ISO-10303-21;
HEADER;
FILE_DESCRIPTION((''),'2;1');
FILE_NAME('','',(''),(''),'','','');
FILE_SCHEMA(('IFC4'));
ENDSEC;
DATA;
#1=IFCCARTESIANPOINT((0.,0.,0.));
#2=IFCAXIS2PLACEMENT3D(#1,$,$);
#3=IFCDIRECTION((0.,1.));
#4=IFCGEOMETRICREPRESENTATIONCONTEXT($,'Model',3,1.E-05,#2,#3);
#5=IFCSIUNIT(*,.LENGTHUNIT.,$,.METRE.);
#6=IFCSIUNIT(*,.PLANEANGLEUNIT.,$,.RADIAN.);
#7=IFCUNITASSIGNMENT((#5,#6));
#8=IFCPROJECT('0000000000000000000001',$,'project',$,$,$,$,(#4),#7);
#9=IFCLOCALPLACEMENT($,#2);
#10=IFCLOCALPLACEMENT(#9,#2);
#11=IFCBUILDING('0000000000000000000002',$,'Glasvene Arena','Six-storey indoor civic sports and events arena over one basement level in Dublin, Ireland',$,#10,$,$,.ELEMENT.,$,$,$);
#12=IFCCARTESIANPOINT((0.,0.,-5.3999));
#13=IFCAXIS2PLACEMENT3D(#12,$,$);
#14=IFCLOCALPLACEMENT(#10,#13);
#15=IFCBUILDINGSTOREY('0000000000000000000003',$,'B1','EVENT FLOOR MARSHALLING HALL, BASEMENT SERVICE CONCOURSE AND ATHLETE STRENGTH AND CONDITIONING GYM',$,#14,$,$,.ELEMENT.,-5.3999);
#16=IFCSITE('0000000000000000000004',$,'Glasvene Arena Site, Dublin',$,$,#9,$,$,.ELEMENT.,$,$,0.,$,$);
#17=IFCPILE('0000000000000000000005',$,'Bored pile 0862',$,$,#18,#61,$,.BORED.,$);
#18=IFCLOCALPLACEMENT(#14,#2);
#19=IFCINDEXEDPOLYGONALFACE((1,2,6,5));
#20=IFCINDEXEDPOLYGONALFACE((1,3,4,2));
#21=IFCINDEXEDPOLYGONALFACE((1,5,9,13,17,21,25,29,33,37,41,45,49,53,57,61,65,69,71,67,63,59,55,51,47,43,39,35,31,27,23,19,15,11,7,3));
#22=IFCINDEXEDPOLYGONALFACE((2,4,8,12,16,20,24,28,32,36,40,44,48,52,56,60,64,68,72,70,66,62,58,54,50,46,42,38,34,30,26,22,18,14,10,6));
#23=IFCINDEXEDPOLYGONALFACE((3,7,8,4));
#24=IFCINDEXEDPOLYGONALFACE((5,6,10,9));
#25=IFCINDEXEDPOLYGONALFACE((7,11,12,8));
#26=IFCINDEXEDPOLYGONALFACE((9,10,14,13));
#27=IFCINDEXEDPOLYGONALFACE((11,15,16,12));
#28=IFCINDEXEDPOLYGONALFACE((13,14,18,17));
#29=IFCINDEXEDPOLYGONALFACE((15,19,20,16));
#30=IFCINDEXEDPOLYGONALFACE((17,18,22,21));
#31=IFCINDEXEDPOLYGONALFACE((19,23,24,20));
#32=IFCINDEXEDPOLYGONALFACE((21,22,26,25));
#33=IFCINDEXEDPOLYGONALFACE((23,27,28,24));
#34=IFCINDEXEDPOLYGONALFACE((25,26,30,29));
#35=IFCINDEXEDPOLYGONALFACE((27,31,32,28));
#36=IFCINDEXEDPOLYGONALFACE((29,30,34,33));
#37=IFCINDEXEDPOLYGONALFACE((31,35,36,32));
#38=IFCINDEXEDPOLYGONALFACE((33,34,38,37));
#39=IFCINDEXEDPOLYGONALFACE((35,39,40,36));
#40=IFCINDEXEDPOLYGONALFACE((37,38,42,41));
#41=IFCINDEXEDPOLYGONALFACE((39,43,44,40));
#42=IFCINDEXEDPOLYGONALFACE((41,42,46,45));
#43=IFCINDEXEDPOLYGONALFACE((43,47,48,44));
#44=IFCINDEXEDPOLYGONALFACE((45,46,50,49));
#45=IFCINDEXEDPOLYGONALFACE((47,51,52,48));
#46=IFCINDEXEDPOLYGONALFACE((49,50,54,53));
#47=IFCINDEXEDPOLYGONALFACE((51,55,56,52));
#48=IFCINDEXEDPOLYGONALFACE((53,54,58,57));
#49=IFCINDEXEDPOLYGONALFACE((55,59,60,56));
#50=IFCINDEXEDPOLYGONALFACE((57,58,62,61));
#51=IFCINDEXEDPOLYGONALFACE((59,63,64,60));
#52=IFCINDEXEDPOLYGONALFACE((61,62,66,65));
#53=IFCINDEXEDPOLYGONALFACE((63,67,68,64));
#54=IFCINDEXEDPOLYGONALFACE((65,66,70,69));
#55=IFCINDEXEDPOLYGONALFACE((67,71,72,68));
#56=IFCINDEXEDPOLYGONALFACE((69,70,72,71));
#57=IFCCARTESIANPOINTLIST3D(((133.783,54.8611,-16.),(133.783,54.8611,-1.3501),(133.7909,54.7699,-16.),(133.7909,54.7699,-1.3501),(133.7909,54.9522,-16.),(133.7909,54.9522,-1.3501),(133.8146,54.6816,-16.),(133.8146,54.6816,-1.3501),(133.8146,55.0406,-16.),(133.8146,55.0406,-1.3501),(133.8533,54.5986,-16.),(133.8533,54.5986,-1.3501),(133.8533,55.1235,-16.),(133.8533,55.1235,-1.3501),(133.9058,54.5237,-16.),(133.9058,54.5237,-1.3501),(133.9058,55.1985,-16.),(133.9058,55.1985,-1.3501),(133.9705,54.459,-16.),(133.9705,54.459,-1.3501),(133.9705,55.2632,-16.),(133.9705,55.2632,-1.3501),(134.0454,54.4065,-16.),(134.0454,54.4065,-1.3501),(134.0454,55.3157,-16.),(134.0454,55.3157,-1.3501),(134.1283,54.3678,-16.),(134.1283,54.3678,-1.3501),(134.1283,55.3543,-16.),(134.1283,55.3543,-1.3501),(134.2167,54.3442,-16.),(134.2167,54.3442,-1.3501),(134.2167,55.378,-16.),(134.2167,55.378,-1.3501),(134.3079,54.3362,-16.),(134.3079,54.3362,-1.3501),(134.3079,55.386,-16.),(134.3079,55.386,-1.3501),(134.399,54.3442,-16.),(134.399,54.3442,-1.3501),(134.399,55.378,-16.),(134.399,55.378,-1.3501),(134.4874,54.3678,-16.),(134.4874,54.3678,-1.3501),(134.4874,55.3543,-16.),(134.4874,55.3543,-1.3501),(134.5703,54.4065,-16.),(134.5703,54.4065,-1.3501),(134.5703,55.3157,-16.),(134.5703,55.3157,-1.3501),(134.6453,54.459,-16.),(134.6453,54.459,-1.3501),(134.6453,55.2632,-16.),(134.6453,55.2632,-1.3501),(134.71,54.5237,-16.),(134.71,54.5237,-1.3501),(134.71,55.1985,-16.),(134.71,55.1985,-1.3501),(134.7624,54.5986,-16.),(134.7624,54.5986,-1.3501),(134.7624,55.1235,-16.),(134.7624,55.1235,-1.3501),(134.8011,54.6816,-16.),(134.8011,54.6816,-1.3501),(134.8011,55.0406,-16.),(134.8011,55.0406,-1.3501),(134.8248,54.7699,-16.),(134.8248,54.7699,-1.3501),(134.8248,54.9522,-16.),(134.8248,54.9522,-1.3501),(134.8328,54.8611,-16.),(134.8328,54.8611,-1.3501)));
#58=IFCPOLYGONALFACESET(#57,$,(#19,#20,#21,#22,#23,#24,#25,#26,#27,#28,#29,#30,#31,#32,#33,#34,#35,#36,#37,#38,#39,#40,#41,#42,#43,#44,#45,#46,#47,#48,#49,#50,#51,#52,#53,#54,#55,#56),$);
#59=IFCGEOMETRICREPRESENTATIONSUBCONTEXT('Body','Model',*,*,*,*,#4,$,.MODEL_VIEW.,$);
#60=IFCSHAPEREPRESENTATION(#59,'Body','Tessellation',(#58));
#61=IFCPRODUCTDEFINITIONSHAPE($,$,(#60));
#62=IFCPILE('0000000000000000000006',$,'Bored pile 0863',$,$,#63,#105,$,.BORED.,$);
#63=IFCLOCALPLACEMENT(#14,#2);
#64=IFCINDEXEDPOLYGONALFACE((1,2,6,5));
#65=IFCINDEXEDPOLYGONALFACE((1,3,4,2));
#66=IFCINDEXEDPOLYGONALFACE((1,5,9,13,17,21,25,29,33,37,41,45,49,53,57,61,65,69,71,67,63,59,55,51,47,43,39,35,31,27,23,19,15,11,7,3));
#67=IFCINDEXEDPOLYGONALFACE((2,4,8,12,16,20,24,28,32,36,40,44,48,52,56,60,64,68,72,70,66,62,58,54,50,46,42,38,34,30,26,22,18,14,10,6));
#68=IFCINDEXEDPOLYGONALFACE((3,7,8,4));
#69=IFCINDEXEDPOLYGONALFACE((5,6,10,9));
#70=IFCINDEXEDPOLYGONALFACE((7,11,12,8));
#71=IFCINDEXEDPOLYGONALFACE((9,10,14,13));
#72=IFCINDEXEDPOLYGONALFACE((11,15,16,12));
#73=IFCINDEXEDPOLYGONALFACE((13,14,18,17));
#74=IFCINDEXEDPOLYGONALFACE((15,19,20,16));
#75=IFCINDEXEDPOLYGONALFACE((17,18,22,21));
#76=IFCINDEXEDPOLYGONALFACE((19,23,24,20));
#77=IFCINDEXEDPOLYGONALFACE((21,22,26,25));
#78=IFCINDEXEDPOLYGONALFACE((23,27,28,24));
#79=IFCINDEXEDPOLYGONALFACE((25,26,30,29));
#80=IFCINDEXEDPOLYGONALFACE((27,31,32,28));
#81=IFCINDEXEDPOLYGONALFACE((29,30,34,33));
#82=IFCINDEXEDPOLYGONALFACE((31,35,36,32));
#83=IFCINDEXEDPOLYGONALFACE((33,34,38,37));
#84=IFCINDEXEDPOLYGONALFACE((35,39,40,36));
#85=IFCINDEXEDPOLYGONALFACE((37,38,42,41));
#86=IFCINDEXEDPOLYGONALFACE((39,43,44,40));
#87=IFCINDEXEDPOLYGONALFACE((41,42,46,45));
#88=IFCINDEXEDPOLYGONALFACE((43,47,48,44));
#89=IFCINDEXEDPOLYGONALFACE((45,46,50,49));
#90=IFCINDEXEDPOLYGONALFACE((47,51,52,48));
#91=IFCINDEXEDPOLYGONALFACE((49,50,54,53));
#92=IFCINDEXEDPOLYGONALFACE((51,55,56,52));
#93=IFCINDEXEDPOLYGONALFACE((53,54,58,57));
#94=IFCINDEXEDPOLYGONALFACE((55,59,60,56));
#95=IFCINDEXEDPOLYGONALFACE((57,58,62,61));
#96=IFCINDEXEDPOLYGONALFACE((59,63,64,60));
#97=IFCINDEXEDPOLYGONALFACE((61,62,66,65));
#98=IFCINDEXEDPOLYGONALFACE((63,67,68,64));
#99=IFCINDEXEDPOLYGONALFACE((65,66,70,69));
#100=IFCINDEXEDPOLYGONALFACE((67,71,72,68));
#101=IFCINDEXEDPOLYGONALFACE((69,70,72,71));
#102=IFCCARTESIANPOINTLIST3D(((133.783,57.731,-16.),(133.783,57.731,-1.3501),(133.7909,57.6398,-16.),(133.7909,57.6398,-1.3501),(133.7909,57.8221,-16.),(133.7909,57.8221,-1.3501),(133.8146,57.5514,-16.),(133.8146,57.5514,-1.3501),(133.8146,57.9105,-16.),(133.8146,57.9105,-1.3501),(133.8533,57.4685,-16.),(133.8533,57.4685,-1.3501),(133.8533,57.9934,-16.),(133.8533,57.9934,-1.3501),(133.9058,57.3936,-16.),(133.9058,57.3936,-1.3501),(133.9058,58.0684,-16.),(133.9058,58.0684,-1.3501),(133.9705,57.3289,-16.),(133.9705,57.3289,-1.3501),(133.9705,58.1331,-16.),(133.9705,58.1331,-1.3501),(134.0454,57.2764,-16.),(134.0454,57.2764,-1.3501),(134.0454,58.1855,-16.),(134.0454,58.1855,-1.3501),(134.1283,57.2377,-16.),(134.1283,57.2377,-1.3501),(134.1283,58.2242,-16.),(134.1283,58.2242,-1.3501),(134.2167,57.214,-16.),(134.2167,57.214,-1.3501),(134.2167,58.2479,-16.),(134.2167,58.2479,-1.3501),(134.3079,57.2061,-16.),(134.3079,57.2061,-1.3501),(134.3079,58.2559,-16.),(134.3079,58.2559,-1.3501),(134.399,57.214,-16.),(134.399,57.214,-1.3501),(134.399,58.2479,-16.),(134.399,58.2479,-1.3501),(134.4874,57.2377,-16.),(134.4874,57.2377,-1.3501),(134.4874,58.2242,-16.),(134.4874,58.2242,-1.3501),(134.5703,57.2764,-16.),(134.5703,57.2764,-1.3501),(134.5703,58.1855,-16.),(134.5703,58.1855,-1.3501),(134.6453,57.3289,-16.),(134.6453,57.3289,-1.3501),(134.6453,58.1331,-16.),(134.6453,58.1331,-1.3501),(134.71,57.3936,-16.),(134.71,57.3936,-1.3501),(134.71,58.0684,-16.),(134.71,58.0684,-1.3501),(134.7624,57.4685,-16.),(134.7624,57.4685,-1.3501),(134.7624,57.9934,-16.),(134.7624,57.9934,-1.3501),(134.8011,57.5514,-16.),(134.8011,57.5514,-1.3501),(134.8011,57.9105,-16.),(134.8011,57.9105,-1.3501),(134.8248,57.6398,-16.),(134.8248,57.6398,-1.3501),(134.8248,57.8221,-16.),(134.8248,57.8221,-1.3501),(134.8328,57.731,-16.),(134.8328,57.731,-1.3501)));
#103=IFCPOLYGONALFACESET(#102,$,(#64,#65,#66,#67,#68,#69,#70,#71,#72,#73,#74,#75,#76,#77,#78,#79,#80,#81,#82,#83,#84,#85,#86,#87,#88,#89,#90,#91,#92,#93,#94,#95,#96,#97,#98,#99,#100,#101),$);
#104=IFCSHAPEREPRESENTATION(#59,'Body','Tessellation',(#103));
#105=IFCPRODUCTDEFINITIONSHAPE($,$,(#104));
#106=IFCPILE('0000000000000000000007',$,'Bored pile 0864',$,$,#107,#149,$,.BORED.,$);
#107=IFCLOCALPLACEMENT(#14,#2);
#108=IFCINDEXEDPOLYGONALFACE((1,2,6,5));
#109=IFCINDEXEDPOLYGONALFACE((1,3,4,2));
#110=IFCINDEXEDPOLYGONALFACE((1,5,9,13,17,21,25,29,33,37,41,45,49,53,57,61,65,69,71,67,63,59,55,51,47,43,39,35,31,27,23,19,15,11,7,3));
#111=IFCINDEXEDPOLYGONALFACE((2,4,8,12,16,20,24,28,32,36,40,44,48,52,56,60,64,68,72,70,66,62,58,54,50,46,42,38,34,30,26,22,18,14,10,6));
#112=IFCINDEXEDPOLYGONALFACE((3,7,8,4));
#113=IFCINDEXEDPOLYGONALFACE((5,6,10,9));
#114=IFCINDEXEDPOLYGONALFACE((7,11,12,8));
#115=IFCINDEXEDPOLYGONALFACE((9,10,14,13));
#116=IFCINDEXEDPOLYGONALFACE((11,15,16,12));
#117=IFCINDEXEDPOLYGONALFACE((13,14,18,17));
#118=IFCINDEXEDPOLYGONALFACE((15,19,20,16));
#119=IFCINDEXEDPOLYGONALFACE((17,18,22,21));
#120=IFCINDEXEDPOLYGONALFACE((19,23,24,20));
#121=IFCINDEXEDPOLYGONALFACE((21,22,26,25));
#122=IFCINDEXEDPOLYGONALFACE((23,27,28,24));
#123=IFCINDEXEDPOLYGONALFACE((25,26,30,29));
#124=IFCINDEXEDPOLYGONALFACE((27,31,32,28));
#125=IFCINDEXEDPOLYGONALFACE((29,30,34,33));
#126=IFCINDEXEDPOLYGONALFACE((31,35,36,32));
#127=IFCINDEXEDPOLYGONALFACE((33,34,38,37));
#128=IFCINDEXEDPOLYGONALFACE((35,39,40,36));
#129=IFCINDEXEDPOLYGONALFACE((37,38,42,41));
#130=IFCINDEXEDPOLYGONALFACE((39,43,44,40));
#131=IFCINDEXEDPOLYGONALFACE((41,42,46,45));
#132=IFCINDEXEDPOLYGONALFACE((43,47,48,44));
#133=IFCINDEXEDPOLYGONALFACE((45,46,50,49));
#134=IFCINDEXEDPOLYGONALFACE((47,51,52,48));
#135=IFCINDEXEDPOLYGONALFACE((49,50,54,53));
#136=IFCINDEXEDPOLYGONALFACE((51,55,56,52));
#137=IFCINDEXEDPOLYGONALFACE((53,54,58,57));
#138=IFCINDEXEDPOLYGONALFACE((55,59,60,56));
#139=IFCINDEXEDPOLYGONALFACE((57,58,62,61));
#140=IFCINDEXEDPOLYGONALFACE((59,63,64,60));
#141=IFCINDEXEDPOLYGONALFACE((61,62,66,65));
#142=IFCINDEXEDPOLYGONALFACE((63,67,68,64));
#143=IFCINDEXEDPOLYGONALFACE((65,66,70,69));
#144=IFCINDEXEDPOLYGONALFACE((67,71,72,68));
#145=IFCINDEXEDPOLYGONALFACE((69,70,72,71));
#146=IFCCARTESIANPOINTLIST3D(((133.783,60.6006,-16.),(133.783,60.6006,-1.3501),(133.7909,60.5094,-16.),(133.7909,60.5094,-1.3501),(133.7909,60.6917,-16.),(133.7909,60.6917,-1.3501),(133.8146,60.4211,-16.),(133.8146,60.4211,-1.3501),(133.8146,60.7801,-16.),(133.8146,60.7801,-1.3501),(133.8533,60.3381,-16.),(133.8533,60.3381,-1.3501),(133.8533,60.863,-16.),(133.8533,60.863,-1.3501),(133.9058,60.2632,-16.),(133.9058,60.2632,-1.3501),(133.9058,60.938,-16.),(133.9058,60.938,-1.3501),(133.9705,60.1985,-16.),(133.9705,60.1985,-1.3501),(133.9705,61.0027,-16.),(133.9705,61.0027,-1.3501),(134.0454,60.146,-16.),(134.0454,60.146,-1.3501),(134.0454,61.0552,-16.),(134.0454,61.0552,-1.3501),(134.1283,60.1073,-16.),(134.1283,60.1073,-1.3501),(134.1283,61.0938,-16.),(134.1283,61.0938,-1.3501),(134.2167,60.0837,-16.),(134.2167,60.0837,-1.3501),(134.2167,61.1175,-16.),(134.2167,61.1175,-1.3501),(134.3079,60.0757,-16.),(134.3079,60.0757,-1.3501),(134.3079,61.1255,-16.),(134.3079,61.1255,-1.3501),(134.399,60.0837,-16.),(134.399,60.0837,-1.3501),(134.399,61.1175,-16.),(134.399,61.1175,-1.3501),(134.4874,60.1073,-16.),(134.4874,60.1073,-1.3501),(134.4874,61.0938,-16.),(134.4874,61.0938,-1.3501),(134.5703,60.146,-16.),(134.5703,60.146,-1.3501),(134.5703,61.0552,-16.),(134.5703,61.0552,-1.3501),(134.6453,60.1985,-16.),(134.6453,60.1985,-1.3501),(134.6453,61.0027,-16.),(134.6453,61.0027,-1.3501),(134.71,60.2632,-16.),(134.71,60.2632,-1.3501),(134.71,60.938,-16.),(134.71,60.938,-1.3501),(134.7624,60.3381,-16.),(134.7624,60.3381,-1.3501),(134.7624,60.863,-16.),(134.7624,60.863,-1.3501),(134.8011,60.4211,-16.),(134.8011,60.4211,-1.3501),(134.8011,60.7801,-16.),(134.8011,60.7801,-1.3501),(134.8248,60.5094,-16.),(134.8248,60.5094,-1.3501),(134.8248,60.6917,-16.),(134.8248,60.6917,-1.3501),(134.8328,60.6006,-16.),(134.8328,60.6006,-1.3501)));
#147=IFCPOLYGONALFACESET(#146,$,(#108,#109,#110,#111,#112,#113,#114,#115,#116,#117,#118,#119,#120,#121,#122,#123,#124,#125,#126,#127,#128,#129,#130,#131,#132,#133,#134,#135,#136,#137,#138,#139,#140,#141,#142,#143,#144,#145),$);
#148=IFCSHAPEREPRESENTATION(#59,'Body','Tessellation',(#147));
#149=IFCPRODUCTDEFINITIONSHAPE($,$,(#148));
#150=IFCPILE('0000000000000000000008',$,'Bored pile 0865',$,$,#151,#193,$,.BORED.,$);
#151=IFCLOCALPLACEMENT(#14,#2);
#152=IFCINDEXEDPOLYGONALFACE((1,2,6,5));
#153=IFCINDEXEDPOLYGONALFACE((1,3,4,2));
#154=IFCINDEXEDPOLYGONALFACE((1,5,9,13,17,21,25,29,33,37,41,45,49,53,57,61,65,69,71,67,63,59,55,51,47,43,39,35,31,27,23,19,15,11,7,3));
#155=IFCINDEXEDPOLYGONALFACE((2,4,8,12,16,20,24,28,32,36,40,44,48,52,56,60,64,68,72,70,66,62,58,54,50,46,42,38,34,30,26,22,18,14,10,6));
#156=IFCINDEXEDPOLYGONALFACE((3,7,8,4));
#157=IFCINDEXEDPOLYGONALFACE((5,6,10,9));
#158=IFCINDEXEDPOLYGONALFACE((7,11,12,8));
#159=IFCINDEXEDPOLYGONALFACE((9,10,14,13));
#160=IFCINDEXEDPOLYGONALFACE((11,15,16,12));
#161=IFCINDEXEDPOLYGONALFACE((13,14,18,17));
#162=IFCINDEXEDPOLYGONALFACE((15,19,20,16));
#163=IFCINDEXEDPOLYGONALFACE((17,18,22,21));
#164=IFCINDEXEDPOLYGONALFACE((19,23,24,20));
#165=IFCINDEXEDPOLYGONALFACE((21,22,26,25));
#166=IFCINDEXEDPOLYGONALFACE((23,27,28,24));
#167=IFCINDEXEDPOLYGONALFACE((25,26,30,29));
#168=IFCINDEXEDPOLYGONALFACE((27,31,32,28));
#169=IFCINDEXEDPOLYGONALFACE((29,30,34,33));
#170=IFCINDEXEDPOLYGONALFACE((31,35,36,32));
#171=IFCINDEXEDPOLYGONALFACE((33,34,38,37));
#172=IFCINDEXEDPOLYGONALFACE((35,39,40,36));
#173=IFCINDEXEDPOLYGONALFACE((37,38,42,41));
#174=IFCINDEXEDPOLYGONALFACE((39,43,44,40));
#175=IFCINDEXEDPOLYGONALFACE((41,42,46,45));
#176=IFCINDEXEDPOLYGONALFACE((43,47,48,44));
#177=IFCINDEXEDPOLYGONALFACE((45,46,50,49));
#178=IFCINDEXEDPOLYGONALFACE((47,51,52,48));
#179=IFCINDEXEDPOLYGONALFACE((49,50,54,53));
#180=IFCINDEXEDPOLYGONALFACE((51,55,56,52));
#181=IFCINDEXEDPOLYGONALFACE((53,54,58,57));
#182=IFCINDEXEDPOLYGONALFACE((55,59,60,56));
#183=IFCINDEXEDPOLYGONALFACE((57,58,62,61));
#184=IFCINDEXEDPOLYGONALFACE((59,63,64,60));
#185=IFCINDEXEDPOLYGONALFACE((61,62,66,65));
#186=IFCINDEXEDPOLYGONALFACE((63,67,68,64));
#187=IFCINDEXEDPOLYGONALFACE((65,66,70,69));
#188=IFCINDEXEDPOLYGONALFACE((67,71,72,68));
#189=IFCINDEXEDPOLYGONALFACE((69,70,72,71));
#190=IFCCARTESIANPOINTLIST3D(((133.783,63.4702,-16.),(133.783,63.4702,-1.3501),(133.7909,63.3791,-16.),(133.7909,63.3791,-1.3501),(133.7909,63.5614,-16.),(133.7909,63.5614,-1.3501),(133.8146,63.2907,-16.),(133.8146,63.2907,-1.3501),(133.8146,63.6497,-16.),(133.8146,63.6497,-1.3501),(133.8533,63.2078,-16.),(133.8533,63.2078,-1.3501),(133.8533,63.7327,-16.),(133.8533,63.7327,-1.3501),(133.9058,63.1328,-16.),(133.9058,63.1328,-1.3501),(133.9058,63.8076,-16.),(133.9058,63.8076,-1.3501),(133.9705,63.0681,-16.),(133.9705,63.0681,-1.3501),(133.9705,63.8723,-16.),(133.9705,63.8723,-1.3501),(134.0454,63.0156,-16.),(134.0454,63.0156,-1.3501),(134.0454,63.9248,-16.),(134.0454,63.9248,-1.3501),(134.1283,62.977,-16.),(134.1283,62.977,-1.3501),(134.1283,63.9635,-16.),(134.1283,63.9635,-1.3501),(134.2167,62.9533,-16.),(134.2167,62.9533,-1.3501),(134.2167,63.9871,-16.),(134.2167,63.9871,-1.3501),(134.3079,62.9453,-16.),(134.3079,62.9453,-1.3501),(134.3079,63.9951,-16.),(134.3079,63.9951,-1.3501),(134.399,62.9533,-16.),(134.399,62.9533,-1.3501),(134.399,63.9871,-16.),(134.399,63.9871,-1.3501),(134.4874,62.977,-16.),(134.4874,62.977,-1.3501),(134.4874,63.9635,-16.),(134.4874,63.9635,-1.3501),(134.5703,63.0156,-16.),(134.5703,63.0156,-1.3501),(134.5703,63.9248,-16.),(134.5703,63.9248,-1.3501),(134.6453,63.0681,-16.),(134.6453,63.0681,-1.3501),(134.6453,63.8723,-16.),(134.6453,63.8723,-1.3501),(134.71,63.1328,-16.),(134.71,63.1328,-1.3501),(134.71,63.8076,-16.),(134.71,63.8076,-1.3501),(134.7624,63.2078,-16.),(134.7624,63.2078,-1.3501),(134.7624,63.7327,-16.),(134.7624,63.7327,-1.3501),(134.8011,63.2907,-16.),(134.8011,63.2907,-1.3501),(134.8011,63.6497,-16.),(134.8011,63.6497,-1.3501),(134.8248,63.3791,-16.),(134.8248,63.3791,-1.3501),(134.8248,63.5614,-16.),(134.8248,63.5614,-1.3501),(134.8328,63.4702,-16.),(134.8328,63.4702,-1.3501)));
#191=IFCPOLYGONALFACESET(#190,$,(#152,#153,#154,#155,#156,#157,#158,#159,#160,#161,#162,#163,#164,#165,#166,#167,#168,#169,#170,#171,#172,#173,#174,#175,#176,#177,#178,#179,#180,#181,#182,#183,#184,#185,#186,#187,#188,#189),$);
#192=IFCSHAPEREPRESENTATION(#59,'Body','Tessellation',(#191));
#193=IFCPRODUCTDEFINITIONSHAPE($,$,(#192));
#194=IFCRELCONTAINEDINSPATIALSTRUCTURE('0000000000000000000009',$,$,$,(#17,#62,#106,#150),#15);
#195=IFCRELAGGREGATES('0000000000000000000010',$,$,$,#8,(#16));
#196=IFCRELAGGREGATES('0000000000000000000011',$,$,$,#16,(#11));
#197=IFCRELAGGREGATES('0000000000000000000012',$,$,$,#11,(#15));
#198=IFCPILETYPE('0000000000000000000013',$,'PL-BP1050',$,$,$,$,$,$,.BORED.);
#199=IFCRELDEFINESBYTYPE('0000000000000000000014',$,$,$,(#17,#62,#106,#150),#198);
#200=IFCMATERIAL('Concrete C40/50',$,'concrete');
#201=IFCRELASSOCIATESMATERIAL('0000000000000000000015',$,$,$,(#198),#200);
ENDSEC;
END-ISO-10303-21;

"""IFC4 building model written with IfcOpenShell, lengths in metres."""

from ifc_helpers import new_model, si_unit, direction, frame, origin, origin_2d, place, context, subcontext, project, spatial, circle, extrude, material, material_profile, profile_set, type_object, element, save


model = new_model("IFC4")

# Units and contexts
model_context = context("Model", 3, precision=1e-05, world=origin(), true_north=direction((0.0, 1.0)))
body_context = subcontext(model_context, "Body", "Model", "MODEL_VIEW")
ifc_project = project(units=[si_unit("LENGTHUNIT", "METRE"), si_unit("PLANEANGLEUNIT", "RADIAN")], contexts=[model_context])

# Site, building, storey
site_placement = place(None, origin())
site = spatial("IfcSite", under=ifc_project, at=site_placement, Name="Glasvene Arena Site, Dublin", CompositionType="ELEMENT", RefElevation=0.0)
building_placement = place(site_placement, origin())
building = spatial("IfcBuilding", under=site, at=building_placement, Name="Glasvene Arena", Description="Six-storey indoor civic sports and events arena over one basement level in Dublin, Ireland", CompositionType="ELEMENT")
storey_placement = place(building_placement, frame((0.0, 0.0, -5.3999)))
storey = spatial("IfcBuildingStorey", under=building, at=storey_placement, Name="B1", Description="EVENT FLOOR MARSHALLING HALL, BASEMENT SERVICE CONCOURSE AND ATHLETE STRENGTH AND CONDITIONING GYM", CompositionType="ELEMENT", Elevation=-5.3999)

# Piles
ifc_material_1 = material(Name="Concrete C40/50", Category="concrete")
ifc_material_profile_1 = material_profile(ifc_material_1, circle(Radius=0.5249, at=origin_2d()), Name="BORED PILE 1050")
ifc_profile_set_1 = profile_set([ifc_material_profile_1], Name="Concrete C40/50")
pile_type = type_object("IfcPileType", Name="PL-BP1050", PredefinedType="BORED", material=ifc_profile_set_1)
for number, where, z_axis, x_axis, name in (
    (1, (134.3079, 54.8611, -1.3501), (0.0, 0.0, -1.0), (1.0, 0.0, 0.0), "Bored pile 0862"),
    (2, (134.3079, 57.731, -1.3501), (0.0, 0.0, -1.0), (1.0, 0.0, 0.0), "Bored pile 0863"),
    (3, (134.3079, 60.6006, -1.3501), (0.0, 0.0, -1.0), (1.0, 0.0, 0.0), "Bored pile 0864"),
    (4, (134.3079, 63.4702, -1.3501), (0.0, 0.0, -1.0), (1.0, 0.0, 0.0), "Bored pile 0865"),
):
    element("IfcPile", number, at=place(storey_placement, frame(where, z_axis=z_axis, x_axis=x_axis)), inside=storey, type_object=pile_type, Name=name, PredefinedType="BORED", context=body_context, shape_type="SweptSolid", body=[
        extrude(circle(Radius=0.5249, at=origin_2d()), origin(), (0.0, 0.0, 1.0), 14.6499),
    ])

save(model, "model.ifc")
